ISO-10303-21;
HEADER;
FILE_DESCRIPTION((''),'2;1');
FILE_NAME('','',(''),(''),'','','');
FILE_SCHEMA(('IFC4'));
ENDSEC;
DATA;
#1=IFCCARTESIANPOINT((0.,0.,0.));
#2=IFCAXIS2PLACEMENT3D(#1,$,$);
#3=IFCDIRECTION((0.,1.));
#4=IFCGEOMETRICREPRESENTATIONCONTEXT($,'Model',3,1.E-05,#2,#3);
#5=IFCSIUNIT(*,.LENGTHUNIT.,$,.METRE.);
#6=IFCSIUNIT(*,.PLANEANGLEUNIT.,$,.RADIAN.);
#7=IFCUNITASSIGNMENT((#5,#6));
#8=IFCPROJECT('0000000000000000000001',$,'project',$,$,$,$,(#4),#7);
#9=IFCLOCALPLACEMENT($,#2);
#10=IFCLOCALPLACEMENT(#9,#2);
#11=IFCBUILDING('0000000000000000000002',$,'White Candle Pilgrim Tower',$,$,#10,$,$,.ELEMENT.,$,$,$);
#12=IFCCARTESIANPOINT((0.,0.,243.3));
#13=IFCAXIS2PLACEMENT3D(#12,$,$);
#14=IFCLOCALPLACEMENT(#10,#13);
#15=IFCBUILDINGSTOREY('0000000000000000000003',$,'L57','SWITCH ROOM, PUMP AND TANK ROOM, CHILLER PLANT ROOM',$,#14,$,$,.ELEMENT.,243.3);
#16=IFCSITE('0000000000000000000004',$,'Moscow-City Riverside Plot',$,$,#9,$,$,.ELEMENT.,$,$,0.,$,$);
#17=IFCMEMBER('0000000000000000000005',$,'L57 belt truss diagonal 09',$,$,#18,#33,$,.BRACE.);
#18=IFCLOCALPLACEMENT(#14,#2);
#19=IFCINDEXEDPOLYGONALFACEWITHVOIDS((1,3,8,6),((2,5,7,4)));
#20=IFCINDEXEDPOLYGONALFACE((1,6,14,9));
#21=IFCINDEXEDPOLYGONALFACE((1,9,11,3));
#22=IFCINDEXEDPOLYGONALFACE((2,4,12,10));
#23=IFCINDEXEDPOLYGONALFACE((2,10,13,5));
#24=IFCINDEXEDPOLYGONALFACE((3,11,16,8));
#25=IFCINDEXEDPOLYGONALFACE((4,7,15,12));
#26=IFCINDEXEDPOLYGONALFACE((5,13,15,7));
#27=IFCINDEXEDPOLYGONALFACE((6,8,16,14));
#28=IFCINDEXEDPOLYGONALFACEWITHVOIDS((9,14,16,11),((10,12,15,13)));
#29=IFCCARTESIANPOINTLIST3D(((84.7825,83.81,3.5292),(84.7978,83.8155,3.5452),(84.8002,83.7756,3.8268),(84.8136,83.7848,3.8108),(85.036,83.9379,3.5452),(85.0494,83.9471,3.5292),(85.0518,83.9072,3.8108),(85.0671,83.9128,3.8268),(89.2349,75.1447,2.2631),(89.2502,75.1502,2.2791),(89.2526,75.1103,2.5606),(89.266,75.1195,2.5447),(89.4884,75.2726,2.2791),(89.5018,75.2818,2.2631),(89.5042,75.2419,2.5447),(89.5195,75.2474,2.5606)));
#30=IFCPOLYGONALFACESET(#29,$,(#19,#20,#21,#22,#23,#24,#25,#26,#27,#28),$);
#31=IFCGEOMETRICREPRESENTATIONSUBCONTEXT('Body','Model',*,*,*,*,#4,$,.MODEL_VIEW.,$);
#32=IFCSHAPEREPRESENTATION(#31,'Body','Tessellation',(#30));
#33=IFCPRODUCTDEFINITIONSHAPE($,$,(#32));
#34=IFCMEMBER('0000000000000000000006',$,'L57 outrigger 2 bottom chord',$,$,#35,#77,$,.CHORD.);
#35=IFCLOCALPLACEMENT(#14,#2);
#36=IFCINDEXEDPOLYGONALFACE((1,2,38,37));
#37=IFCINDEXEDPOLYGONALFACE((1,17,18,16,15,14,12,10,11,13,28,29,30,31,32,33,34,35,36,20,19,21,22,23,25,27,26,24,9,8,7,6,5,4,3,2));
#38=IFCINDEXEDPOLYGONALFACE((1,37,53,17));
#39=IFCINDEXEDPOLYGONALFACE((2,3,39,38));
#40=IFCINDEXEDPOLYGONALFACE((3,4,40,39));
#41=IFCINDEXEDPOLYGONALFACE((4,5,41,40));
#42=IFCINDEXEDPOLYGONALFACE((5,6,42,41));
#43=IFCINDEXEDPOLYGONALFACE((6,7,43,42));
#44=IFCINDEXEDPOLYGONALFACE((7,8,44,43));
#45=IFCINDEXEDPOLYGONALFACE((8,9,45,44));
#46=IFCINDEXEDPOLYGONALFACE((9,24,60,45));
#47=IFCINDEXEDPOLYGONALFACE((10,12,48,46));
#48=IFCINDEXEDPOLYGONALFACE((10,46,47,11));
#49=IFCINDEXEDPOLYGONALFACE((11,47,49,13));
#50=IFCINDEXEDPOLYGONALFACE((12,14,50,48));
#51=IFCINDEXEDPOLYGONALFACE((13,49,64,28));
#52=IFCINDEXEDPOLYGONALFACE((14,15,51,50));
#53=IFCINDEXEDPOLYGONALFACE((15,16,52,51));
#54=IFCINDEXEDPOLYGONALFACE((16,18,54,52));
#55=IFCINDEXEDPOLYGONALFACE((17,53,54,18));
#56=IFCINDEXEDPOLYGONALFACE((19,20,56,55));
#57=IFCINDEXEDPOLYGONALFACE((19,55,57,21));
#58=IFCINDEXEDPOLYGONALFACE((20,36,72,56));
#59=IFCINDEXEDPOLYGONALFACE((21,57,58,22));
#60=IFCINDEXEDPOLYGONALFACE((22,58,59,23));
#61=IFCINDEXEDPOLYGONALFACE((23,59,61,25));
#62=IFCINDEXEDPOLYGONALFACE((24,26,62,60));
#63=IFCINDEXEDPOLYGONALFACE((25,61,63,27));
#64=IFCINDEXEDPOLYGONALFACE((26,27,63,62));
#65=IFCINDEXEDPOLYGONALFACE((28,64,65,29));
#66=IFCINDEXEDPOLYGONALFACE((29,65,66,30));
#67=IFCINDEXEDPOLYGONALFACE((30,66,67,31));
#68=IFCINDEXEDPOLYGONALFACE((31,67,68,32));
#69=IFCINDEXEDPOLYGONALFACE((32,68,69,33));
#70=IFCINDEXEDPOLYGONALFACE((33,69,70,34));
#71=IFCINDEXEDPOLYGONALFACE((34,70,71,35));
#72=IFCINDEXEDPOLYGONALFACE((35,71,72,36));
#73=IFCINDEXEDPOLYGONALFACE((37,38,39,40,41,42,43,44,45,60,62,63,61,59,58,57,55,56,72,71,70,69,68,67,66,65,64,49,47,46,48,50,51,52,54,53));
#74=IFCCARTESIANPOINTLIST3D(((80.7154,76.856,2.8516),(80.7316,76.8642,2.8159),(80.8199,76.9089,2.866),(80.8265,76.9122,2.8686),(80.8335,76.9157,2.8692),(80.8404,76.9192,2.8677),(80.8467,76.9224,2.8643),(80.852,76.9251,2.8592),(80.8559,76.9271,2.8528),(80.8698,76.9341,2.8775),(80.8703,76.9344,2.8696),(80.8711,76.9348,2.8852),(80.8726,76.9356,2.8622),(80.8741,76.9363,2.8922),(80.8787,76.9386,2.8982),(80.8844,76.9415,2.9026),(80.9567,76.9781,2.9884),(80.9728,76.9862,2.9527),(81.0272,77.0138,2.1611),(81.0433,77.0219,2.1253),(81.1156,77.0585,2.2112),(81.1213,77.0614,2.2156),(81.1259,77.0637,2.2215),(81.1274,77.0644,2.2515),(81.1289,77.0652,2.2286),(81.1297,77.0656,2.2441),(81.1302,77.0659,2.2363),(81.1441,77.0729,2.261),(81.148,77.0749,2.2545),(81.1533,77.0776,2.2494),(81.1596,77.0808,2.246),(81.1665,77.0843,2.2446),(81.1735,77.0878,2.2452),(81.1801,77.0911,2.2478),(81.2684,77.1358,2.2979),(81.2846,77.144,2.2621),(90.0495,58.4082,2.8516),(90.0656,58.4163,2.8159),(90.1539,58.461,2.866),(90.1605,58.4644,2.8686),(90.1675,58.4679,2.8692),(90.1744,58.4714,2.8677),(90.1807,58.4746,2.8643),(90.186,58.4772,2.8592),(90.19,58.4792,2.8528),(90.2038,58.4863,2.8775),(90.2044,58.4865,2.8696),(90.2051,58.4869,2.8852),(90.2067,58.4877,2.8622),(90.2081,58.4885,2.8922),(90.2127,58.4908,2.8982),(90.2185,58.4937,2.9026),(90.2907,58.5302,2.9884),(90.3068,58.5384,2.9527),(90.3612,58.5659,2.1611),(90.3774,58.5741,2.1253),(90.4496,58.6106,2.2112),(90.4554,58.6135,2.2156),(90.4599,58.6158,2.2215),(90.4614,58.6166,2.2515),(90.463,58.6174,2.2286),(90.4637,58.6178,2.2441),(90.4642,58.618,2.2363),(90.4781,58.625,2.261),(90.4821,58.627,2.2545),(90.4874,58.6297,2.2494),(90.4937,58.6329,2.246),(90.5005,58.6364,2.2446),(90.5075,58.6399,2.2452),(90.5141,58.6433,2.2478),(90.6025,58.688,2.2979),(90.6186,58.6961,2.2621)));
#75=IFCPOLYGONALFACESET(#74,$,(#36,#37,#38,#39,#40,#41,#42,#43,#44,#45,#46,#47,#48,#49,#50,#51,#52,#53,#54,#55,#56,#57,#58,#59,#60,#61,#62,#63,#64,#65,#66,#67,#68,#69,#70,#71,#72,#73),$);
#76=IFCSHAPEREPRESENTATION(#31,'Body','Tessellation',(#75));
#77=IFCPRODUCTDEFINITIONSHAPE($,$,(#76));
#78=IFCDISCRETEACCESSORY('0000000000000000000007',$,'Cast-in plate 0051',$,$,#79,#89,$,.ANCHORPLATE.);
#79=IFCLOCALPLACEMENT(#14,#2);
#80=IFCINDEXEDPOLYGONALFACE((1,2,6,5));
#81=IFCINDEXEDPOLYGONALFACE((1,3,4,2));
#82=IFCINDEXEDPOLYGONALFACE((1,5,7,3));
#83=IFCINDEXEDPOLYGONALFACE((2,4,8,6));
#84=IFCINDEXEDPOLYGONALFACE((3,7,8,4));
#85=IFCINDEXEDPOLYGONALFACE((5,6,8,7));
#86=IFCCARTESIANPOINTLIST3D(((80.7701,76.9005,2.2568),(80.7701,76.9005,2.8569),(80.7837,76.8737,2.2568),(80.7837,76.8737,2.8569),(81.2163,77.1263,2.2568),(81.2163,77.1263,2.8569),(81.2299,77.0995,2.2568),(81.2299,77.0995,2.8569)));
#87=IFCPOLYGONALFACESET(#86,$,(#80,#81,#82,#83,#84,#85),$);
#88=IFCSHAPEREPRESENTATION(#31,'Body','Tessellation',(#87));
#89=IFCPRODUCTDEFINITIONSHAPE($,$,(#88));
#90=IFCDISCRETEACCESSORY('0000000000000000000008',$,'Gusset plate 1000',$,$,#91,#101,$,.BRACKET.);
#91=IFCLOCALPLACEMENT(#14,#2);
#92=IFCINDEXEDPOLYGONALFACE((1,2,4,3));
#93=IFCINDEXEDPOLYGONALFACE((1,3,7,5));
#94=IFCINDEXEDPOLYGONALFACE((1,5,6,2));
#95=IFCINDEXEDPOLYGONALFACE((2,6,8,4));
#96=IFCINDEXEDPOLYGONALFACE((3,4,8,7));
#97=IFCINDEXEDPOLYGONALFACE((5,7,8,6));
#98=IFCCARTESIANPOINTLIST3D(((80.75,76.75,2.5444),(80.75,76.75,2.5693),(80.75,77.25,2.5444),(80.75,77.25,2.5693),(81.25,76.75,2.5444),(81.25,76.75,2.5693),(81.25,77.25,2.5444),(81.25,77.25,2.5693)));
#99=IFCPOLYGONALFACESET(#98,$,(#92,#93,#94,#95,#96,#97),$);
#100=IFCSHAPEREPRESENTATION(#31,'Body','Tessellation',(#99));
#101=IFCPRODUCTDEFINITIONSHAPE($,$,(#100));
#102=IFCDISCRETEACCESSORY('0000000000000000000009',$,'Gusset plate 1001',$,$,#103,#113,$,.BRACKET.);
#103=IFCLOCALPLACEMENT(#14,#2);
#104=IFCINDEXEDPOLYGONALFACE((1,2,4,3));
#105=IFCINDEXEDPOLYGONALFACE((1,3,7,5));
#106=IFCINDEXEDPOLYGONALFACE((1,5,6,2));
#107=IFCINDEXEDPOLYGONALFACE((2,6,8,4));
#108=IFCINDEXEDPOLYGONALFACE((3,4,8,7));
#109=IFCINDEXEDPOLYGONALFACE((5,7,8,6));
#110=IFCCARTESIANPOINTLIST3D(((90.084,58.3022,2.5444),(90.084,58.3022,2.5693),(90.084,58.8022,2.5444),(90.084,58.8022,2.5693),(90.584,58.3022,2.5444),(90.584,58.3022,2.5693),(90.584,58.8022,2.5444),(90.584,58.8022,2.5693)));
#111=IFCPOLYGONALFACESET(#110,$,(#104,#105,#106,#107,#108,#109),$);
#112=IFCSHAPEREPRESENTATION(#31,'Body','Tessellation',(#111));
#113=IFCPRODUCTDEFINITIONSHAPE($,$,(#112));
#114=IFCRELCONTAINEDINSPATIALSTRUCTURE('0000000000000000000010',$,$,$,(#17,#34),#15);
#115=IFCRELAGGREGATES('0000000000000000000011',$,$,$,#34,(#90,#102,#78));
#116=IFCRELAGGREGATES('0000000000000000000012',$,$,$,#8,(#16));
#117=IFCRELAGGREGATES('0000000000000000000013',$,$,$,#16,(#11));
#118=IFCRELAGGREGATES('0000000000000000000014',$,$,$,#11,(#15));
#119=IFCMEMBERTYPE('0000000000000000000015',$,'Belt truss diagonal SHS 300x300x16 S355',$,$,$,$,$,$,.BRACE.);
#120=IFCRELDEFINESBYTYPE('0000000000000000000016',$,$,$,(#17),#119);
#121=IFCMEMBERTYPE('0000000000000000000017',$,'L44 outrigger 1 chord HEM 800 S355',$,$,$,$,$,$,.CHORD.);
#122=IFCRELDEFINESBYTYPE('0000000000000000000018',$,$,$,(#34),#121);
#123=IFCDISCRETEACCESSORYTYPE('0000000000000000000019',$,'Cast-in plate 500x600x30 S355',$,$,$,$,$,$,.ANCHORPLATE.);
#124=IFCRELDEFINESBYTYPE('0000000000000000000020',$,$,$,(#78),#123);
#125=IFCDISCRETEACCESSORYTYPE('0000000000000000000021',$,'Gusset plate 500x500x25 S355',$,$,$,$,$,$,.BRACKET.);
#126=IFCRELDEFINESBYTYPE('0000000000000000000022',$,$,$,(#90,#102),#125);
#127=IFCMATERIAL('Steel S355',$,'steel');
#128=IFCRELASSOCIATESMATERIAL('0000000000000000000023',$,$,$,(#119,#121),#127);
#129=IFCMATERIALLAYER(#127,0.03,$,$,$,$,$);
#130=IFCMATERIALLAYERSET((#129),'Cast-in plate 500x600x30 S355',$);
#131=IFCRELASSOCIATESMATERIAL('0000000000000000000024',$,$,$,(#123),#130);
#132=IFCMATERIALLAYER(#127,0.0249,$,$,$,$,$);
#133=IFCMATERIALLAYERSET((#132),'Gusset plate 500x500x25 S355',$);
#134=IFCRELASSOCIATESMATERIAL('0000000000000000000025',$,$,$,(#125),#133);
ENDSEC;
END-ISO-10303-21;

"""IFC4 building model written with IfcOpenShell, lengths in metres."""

from ifc_helpers import new_model, si_unit, direction, frame, origin, origin_2d, place, context, subcontext, project, spatial, rectangle, hollow_rectangle, i_section, extrude, material, layer, layer_set, material_profile, profile_set, type_object, element, aggregate, save


model = new_model("IFC4")

# Units and contexts
model_context = context("Model", 3, precision=1e-05, world=origin(), true_north=direction((0.0, 1.0)))
body_context = subcontext(model_context, "Body", "Model", "MODEL_VIEW")
ifc_project = project(units=[si_unit("LENGTHUNIT", "METRE"), si_unit("PLANEANGLEUNIT", "RADIAN")], contexts=[model_context])

# Site, building, storey
site_placement = place(None, origin())
site = spatial("IfcSite", under=ifc_project, at=site_placement, Name="Moscow-City Riverside Plot", CompositionType="ELEMENT", RefElevation=0.0)
building_placement = place(site_placement, origin())
building = spatial("IfcBuilding", under=site, at=building_placement, Name="White Candle Pilgrim Tower", CompositionType="ELEMENT")
storey_placement = place(building_placement, frame((0.0, 0.0, 243.3)))
storey = spatial("IfcBuildingStorey", under=building, at=storey_placement, Name="L57", Description="SWITCH ROOM, PUMP AND TANK ROOM, CHILLER PLANT ROOM", CompositionType="ELEMENT", Elevation=243.3)

# Members
ifc_material_1 = material(Name="Steel S355", Category="steel")
ifc_material_profile_1 = material_profile(ifc_material_1, hollow_rectangle(XDim=0.3, YDim=0.3, WallThickness=0.0161, at=origin_2d()), Name="SHS 300x300x16")
ifc_profile_set_1 = profile_set([ifc_material_profile_1], Name="Steel S355")
member_type_1 = type_object("IfcMemberType", Name="Belt truss diagonal SHS 300x300x16 S355", PredefinedType="BRACE", material=ifc_profile_set_1)
member_1_placement = place(storey_placement, frame((89.3772, 75.196, 2.4119), z_axis=(-0.453209, 0.882039, 0.128878), x_axis=(-0.889456, -0.45702, 0.0)))
element("IfcMember", 1, at=member_1_placement, inside=storey, type_object=member_type_1, Name="L57 belt truss diagonal 09", PredefinedType="BRACE", context=body_context, shape_type="SweptSolid", body=[
    extrude(hollow_rectangle(XDim=0.3, YDim=0.3, WallThickness=0.0161, at=origin_2d()), origin(), (0.0, 0.0, 1.0), 9.8242),
])
ifc_material_profile_2 = material_profile(ifc_material_1, i_section(OverallWidth=0.303, OverallDepth=0.814, WebThickness=0.021, FlangeThickness=0.04, FilletRadius=0.03, at=origin_2d()), Name="HEM 800")
ifc_profile_set_2 = profile_set([ifc_material_profile_2], Name="Steel S355")
member_type_2 = type_object("IfcMemberType", Name="L44 outrigger 1 chord HEM 800 S355", PredefinedType="CHORD", material=ifc_profile_set_2)
member_2_placement = place(storey_placement, frame((81.0, 77.0, 2.5569), z_axis=(0.451469, -0.892287, 0.0), x_axis=(0.796173, 0.402839, 0.451475)))
member_2 = element("IfcMember", 2, at=member_2_placement, inside=storey, type_object=member_type_2, Name="L57 outrigger 2 bottom chord", PredefinedType="CHORD", context=body_context, shape_type="SweptSolid", body=[
    extrude(i_section(OverallWidth=0.303, OverallDepth=0.814, WebThickness=0.021, FlangeThickness=0.04, FilletRadius=0.03, at=origin_2d()), origin(), (0.0, 0.0, 1.0), 20.6748),
])

# Discrete accessories
ifc_layer_1 = layer(ifc_material_1, 0.03)
ifc_layer_set_1 = layer_set([ifc_layer_1], Name="Cast-in plate 500x600x30 S355")
discrete_accessory_type_1 = type_object("IfcDiscreteAccessoryType", Name="Cast-in plate 500x600x30 S355", PredefinedType="ANCHORPLATE", material=ifc_layer_set_1)
discrete_accessory_1_placement = place(storey_placement, frame((81.0, 77.0, 2.2568), z_axis=(0.0, 0.0, 1.0), x_axis=(0.451469, -0.892287, 0.0)))
discrete_accessory_1 = element("IfcDiscreteAccessory", 3, at=discrete_accessory_1_placement, type_object=discrete_accessory_type_1, Name="Cast-in plate 0051", PredefinedType="ANCHORPLATE", context=body_context, shape_type="SweptSolid", body=[
    extrude(rectangle(XDim=0.03, YDim=0.5, at=origin_2d()), origin(), (0.0, 0.0, 1.0), 0.6001),
])
ifc_layer_2 = layer(ifc_material_1, 0.0249)
ifc_layer_set_2 = layer_set([ifc_layer_2], Name="Gusset plate 500x500x25 S355")
discrete_accessory_type_2 = type_object("IfcDiscreteAccessoryType", Name="Gusset plate 500x500x25 S355", PredefinedType="BRACKET", material=ifc_layer_set_2)
discrete_accessory_2_placement = place(storey_placement, frame((81.0, 77.0, 2.5444), z_axis=(0.0, 0.0, 1.0), x_axis=(1.0, 0.0, 0.0)))
discrete_accessory_2 = element("IfcDiscreteAccessory", 4, at=discrete_accessory_2_placement, type_object=discrete_accessory_type_2, Name="Gusset plate 1000", PredefinedType="BRACKET", context=body_context, shape_type="SweptSolid", body=[
    extrude(rectangle(XDim=0.5, YDim=0.5, at=origin_2d()), origin(), (0.0, 0.0, 1.0), 0.0249),
])
discrete_accessory_3_placement = place(storey_placement, frame((90.334, 58.5522, 2.5444), z_axis=(0.0, 0.0, 1.0), x_axis=(1.0, 0.0, 0.0)))
discrete_accessory_3 = element("IfcDiscreteAccessory", 5, at=discrete_accessory_3_placement, type_object=discrete_accessory_type_2, Name="Gusset plate 1001", PredefinedType="BRACKET", context=body_context, shape_type="SweptSolid", body=[
    extrude(rectangle(XDim=0.5, YDim=0.5, at=origin_2d()), origin(), (0.0, 0.0, 1.0), 0.0249),
])
aggregate(member_2, [discrete_accessory_2, discrete_accessory_3, discrete_accessory_1])

save(model, "model.ifc")
